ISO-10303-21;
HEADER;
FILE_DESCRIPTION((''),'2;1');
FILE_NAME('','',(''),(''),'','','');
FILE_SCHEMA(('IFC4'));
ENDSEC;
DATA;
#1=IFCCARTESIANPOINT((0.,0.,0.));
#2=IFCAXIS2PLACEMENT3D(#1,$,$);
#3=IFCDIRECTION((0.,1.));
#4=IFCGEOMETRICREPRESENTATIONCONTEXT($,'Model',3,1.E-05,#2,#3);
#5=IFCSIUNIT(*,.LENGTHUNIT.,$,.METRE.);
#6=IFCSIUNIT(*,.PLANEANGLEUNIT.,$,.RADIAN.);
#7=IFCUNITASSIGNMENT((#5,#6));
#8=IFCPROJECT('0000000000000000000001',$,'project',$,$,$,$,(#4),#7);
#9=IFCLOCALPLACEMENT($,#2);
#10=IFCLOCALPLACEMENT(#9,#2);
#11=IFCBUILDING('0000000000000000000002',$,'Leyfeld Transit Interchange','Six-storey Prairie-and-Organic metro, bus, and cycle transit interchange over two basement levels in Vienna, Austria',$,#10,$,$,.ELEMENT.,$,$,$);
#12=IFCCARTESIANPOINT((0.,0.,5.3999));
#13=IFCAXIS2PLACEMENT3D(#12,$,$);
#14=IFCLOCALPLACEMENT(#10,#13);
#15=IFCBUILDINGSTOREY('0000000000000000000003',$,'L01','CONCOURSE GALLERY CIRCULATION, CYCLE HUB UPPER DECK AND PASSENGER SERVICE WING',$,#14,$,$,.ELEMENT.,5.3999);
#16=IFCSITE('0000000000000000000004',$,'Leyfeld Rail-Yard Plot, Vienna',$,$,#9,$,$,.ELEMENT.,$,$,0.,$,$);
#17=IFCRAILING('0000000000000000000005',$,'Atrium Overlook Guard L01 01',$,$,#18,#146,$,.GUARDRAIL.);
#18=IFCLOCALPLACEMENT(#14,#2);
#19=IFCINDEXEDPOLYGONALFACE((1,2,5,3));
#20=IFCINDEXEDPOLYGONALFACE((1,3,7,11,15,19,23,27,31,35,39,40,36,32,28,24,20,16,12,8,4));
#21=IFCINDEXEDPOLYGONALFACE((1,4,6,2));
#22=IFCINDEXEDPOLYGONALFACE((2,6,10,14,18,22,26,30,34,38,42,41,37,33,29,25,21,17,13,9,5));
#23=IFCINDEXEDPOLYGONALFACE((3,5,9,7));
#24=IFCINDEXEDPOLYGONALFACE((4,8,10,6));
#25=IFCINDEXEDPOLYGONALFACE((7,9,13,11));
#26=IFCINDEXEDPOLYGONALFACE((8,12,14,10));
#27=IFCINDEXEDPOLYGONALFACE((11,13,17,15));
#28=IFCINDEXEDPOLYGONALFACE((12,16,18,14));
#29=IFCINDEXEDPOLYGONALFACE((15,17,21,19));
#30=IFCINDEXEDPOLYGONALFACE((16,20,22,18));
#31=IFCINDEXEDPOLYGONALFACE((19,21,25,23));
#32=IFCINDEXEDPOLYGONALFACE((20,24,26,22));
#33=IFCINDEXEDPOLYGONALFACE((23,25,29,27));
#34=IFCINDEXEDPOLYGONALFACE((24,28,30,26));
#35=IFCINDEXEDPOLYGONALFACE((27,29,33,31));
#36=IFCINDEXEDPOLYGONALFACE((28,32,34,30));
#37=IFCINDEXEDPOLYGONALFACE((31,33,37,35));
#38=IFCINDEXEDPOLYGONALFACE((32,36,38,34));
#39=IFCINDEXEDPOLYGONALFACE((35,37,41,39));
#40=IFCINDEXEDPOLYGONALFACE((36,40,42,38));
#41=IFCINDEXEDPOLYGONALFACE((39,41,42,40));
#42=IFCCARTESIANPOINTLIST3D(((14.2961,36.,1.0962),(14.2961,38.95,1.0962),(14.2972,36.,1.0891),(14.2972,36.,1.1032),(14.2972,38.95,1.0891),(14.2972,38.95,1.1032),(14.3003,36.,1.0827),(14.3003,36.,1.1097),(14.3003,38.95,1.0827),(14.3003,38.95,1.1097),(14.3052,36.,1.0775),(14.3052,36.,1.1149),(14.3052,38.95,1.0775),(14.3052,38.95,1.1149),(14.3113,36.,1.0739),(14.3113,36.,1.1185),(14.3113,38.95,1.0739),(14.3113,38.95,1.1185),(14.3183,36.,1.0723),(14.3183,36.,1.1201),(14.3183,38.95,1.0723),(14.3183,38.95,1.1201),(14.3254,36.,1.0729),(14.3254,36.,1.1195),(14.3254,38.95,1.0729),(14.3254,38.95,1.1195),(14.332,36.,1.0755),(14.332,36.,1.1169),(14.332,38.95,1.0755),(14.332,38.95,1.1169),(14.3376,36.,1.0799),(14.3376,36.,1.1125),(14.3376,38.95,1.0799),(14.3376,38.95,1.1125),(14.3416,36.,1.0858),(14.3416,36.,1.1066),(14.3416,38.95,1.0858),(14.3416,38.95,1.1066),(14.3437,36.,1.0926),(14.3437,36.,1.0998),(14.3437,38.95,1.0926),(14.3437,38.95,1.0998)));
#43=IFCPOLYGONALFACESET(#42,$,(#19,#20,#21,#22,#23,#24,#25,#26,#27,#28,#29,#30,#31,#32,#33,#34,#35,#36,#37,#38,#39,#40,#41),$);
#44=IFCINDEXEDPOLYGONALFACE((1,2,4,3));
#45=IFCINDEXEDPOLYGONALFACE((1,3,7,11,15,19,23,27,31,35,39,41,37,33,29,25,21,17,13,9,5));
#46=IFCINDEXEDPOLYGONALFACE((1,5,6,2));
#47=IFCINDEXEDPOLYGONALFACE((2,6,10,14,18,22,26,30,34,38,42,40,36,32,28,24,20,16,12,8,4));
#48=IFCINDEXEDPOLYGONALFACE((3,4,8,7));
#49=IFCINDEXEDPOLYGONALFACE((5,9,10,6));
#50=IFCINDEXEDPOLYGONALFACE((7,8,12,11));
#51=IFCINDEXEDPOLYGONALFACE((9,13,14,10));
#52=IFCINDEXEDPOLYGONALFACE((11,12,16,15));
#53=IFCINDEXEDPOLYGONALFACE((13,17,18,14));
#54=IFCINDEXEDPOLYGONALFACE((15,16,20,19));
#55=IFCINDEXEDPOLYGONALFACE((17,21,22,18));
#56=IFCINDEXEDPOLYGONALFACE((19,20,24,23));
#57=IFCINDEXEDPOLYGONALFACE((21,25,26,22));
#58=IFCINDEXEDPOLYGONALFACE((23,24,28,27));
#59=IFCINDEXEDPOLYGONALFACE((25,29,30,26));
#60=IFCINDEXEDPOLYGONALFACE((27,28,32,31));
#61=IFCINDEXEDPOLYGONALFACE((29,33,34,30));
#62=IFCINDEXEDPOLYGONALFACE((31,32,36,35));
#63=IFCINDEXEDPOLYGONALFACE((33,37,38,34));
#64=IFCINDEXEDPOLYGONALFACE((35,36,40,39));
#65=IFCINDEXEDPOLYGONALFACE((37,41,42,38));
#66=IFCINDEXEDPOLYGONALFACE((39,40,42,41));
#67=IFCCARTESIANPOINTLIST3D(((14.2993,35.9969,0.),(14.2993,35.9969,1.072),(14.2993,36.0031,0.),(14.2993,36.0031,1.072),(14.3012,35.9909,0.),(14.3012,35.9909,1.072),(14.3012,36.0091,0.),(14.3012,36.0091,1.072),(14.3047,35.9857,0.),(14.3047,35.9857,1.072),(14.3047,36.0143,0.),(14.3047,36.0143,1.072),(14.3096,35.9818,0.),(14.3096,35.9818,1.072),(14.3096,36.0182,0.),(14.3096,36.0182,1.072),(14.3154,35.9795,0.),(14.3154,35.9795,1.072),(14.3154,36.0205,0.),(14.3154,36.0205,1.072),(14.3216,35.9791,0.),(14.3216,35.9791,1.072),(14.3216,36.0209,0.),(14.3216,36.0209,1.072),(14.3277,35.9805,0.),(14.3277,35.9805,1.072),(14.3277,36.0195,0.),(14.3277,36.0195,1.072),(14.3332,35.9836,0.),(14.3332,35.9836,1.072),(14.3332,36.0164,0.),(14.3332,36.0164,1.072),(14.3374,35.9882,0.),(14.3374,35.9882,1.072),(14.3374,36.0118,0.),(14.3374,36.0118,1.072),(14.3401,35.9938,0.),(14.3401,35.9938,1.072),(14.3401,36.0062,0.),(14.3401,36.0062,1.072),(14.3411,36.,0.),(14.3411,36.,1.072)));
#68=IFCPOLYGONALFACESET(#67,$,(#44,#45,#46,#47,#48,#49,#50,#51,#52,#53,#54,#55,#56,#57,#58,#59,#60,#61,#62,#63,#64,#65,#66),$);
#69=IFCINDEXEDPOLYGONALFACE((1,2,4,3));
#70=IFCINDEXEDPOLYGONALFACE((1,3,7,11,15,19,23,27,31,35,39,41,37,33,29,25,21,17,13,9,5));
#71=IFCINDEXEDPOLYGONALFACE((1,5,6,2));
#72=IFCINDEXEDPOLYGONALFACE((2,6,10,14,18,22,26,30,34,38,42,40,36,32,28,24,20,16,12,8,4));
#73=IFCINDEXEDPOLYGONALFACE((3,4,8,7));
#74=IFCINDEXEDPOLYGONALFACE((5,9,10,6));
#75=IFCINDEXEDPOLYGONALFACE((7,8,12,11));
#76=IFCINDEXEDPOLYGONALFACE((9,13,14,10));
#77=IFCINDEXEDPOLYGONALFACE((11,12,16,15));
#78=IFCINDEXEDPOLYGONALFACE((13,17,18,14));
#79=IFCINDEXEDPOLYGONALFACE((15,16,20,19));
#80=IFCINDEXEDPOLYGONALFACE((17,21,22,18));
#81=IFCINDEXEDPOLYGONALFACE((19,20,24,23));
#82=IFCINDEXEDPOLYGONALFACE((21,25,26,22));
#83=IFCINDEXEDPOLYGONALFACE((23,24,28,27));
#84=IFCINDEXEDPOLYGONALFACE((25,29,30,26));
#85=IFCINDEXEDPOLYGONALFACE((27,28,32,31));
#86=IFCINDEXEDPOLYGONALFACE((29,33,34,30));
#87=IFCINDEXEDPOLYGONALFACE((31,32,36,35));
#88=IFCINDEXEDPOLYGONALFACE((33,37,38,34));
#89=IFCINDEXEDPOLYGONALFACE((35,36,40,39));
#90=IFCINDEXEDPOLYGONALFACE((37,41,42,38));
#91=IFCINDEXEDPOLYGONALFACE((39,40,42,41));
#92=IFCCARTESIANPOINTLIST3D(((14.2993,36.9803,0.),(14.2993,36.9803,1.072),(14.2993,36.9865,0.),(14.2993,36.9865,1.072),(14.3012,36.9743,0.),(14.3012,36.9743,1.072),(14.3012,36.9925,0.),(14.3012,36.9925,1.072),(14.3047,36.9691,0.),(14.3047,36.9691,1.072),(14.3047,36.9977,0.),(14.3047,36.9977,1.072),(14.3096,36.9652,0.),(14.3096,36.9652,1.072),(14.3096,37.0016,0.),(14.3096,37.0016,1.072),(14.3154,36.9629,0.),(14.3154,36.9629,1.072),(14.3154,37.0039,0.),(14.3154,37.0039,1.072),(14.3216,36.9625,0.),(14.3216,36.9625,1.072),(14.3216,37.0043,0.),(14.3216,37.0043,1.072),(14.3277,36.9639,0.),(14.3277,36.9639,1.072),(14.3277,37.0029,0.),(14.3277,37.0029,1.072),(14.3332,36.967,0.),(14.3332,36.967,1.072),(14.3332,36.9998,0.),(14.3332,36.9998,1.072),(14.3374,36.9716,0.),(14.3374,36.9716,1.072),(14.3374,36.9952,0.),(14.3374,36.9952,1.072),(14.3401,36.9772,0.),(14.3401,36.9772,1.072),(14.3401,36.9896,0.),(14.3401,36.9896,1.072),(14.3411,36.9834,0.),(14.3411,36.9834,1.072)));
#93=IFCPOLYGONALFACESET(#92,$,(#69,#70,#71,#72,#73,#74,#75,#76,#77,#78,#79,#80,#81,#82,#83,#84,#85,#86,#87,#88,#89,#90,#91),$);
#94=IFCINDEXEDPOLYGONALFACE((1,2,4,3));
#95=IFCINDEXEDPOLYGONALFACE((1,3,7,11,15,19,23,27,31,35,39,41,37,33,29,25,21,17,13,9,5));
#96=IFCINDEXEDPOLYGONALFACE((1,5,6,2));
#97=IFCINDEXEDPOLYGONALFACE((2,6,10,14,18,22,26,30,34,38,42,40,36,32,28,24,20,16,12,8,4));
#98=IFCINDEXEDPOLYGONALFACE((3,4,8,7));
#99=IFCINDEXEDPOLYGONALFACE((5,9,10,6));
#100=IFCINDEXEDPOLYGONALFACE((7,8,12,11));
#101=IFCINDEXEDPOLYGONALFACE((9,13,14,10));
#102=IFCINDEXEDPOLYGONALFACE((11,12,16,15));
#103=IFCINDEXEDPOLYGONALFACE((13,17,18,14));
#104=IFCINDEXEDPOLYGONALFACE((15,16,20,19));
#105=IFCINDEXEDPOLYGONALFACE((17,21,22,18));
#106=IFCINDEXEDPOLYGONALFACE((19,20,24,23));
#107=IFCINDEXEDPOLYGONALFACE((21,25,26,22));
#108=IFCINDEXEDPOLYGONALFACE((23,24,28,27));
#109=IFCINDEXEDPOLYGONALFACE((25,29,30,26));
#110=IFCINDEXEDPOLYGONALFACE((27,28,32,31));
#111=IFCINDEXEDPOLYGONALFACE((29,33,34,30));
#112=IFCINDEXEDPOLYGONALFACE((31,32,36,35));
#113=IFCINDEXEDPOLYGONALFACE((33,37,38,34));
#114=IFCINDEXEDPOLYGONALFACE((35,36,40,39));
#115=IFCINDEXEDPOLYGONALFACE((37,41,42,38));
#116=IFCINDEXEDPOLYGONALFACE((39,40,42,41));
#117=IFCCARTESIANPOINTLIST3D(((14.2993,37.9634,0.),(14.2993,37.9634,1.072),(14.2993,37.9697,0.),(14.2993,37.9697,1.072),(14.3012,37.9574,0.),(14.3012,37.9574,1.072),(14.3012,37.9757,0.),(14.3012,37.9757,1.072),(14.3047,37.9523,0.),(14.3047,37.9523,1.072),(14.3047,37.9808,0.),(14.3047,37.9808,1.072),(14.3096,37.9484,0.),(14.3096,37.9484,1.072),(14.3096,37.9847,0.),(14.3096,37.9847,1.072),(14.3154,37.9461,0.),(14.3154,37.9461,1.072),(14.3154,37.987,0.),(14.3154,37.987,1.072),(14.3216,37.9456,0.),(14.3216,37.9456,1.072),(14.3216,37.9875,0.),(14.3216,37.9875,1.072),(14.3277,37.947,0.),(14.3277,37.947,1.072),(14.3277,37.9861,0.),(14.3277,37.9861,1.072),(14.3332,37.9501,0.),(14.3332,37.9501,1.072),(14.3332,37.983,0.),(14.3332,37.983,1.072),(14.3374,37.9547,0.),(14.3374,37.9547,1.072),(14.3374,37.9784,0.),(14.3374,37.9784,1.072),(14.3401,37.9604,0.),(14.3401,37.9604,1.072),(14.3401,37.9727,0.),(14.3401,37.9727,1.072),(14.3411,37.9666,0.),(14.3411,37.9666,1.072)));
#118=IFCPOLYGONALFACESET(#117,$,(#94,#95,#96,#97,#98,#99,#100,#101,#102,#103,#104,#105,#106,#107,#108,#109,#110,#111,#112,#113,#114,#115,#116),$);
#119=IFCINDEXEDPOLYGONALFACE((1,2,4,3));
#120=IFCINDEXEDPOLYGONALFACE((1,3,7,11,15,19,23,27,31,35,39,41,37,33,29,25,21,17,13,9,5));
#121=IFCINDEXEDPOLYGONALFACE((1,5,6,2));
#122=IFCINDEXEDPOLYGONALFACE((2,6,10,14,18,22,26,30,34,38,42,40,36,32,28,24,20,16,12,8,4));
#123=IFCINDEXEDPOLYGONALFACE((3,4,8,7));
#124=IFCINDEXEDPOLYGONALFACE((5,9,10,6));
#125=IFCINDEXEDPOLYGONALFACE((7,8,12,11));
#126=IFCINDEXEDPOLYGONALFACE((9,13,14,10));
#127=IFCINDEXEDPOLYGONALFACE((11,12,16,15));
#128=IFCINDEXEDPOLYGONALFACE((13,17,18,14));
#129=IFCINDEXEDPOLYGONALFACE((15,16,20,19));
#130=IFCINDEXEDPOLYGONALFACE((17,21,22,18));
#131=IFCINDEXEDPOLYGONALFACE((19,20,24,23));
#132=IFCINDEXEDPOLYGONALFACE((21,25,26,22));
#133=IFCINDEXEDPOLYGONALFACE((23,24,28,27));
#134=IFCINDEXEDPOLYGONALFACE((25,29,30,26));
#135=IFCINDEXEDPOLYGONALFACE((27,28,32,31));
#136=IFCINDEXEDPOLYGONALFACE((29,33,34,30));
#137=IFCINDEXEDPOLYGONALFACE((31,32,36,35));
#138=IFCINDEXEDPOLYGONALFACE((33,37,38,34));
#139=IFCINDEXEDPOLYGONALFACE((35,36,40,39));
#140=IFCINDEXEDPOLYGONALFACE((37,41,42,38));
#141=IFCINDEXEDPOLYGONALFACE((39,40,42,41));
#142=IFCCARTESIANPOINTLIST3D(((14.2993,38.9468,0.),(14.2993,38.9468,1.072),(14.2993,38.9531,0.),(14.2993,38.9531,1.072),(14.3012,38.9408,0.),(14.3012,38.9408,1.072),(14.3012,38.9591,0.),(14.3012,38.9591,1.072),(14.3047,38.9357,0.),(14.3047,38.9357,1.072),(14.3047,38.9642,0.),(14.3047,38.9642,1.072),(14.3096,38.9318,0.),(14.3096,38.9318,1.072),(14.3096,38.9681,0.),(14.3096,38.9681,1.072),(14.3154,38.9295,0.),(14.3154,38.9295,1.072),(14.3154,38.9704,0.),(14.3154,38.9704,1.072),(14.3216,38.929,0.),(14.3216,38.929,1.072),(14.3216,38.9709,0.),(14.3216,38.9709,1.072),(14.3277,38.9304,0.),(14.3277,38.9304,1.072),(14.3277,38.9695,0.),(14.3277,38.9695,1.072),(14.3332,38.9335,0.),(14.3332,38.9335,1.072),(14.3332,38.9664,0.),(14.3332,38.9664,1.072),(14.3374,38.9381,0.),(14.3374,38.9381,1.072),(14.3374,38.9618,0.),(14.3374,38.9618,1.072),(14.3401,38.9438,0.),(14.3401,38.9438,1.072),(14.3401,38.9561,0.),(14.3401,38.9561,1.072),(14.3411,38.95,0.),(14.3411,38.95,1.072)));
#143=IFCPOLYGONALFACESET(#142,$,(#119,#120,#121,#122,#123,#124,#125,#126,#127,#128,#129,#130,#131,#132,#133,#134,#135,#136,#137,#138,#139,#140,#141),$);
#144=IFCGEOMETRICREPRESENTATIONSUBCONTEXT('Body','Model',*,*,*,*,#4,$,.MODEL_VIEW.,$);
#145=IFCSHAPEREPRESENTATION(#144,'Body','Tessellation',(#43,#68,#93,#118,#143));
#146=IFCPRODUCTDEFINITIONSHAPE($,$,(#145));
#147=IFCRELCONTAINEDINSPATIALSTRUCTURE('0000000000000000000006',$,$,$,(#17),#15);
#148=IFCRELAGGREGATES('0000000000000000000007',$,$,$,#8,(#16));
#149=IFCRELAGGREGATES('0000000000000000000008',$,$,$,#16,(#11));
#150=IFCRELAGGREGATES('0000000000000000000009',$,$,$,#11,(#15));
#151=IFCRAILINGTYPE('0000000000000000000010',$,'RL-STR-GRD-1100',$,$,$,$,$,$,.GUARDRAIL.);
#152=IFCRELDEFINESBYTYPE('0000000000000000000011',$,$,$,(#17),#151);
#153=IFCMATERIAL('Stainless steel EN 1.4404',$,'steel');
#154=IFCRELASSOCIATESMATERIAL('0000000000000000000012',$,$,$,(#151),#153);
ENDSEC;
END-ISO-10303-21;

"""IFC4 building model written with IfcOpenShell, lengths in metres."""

from ifc_helpers import new_model, si_unit, direction, frame, origin, origin_2d, place, context, subcontext, project, spatial, circle, extrude, material, type_object, element, save


model = new_model("IFC4")

# Units and contexts
model_context = context("Model", 3, precision=1e-05, world=origin(), true_north=direction((0.0, 1.0)))
body_context = subcontext(model_context, "Body", "Model", "MODEL_VIEW")
ifc_project = project(units=[si_unit("LENGTHUNIT", "METRE"), si_unit("PLANEANGLEUNIT", "RADIAN")], contexts=[model_context])

# Site, building, storey
site_placement = place(None, origin())
site = spatial("IfcSite", under=ifc_project, at=site_placement, Name="Leyfeld Rail-Yard Plot, Vienna", CompositionType="ELEMENT", RefElevation=0.0)
building_placement = place(site_placement, origin())
building = spatial("IfcBuilding", under=site, at=building_placement, Name="Leyfeld Transit Interchange", Description="Six-storey Prairie-and-Organic metro, bus, and cycle transit interchange over two basement levels in Vienna, Austria", CompositionType="ELEMENT")
storey_placement = place(building_placement, frame((0.0, 0.0, 5.3999)))
storey = spatial("IfcBuildingStorey", under=building, at=storey_placement, Name="L01", Description="CONCOURSE GALLERY CIRCULATION, CYCLE HUB UPPER DECK AND PASSENGER SERVICE WING", CompositionType="ELEMENT", Elevation=5.3999)

# Railing
ifc_material_1 = material(Name="Stainless steel EN 1.4404", Category="steel")
railing_type = type_object("IfcRailingType", Name="RL-STR-GRD-1100", PredefinedType="GUARDRAIL", material=ifc_material_1)
railing_1_placement = place(storey_placement, frame((14.3201, 36.0, 0.0)))
element("IfcRailing", 1, at=railing_1_placement, inside=storey, type_object=railing_type, Name="Atrium Overlook Guard L01 01", PredefinedType="GUARDRAIL", context=body_context, shape_type="SweptSolid", body=[
    extrude(circle(Radius=0.0239, at=origin_2d()), frame((0.0, 0.0, 1.0962), z_axis=(0.0, 1.0, 0.0), x_axis=(-1.0, 0.0, 0.0)), (0.0, 0.0, 1.0), 2.95),
    extrude(circle(Radius=0.021, at=origin_2d()), origin(), (0.0, 0.0, 1.0), 1.072),
    extrude(circle(Radius=0.021, at=origin_2d()), frame((0.0, 0.9834, 0.0)), (0.0, 0.0, 1.0), 1.072),
    extrude(circle(Radius=0.021, at=origin_2d()), frame((0.0, 1.9666, 0.0)), (0.0, 0.0, 1.0), 1.072),
    extrude(circle(Radius=0.021, at=origin_2d()), frame((0.0, 2.95, 0.0)), (0.0, 0.0, 1.0), 1.072),
])

save(model, "model.ifc")
